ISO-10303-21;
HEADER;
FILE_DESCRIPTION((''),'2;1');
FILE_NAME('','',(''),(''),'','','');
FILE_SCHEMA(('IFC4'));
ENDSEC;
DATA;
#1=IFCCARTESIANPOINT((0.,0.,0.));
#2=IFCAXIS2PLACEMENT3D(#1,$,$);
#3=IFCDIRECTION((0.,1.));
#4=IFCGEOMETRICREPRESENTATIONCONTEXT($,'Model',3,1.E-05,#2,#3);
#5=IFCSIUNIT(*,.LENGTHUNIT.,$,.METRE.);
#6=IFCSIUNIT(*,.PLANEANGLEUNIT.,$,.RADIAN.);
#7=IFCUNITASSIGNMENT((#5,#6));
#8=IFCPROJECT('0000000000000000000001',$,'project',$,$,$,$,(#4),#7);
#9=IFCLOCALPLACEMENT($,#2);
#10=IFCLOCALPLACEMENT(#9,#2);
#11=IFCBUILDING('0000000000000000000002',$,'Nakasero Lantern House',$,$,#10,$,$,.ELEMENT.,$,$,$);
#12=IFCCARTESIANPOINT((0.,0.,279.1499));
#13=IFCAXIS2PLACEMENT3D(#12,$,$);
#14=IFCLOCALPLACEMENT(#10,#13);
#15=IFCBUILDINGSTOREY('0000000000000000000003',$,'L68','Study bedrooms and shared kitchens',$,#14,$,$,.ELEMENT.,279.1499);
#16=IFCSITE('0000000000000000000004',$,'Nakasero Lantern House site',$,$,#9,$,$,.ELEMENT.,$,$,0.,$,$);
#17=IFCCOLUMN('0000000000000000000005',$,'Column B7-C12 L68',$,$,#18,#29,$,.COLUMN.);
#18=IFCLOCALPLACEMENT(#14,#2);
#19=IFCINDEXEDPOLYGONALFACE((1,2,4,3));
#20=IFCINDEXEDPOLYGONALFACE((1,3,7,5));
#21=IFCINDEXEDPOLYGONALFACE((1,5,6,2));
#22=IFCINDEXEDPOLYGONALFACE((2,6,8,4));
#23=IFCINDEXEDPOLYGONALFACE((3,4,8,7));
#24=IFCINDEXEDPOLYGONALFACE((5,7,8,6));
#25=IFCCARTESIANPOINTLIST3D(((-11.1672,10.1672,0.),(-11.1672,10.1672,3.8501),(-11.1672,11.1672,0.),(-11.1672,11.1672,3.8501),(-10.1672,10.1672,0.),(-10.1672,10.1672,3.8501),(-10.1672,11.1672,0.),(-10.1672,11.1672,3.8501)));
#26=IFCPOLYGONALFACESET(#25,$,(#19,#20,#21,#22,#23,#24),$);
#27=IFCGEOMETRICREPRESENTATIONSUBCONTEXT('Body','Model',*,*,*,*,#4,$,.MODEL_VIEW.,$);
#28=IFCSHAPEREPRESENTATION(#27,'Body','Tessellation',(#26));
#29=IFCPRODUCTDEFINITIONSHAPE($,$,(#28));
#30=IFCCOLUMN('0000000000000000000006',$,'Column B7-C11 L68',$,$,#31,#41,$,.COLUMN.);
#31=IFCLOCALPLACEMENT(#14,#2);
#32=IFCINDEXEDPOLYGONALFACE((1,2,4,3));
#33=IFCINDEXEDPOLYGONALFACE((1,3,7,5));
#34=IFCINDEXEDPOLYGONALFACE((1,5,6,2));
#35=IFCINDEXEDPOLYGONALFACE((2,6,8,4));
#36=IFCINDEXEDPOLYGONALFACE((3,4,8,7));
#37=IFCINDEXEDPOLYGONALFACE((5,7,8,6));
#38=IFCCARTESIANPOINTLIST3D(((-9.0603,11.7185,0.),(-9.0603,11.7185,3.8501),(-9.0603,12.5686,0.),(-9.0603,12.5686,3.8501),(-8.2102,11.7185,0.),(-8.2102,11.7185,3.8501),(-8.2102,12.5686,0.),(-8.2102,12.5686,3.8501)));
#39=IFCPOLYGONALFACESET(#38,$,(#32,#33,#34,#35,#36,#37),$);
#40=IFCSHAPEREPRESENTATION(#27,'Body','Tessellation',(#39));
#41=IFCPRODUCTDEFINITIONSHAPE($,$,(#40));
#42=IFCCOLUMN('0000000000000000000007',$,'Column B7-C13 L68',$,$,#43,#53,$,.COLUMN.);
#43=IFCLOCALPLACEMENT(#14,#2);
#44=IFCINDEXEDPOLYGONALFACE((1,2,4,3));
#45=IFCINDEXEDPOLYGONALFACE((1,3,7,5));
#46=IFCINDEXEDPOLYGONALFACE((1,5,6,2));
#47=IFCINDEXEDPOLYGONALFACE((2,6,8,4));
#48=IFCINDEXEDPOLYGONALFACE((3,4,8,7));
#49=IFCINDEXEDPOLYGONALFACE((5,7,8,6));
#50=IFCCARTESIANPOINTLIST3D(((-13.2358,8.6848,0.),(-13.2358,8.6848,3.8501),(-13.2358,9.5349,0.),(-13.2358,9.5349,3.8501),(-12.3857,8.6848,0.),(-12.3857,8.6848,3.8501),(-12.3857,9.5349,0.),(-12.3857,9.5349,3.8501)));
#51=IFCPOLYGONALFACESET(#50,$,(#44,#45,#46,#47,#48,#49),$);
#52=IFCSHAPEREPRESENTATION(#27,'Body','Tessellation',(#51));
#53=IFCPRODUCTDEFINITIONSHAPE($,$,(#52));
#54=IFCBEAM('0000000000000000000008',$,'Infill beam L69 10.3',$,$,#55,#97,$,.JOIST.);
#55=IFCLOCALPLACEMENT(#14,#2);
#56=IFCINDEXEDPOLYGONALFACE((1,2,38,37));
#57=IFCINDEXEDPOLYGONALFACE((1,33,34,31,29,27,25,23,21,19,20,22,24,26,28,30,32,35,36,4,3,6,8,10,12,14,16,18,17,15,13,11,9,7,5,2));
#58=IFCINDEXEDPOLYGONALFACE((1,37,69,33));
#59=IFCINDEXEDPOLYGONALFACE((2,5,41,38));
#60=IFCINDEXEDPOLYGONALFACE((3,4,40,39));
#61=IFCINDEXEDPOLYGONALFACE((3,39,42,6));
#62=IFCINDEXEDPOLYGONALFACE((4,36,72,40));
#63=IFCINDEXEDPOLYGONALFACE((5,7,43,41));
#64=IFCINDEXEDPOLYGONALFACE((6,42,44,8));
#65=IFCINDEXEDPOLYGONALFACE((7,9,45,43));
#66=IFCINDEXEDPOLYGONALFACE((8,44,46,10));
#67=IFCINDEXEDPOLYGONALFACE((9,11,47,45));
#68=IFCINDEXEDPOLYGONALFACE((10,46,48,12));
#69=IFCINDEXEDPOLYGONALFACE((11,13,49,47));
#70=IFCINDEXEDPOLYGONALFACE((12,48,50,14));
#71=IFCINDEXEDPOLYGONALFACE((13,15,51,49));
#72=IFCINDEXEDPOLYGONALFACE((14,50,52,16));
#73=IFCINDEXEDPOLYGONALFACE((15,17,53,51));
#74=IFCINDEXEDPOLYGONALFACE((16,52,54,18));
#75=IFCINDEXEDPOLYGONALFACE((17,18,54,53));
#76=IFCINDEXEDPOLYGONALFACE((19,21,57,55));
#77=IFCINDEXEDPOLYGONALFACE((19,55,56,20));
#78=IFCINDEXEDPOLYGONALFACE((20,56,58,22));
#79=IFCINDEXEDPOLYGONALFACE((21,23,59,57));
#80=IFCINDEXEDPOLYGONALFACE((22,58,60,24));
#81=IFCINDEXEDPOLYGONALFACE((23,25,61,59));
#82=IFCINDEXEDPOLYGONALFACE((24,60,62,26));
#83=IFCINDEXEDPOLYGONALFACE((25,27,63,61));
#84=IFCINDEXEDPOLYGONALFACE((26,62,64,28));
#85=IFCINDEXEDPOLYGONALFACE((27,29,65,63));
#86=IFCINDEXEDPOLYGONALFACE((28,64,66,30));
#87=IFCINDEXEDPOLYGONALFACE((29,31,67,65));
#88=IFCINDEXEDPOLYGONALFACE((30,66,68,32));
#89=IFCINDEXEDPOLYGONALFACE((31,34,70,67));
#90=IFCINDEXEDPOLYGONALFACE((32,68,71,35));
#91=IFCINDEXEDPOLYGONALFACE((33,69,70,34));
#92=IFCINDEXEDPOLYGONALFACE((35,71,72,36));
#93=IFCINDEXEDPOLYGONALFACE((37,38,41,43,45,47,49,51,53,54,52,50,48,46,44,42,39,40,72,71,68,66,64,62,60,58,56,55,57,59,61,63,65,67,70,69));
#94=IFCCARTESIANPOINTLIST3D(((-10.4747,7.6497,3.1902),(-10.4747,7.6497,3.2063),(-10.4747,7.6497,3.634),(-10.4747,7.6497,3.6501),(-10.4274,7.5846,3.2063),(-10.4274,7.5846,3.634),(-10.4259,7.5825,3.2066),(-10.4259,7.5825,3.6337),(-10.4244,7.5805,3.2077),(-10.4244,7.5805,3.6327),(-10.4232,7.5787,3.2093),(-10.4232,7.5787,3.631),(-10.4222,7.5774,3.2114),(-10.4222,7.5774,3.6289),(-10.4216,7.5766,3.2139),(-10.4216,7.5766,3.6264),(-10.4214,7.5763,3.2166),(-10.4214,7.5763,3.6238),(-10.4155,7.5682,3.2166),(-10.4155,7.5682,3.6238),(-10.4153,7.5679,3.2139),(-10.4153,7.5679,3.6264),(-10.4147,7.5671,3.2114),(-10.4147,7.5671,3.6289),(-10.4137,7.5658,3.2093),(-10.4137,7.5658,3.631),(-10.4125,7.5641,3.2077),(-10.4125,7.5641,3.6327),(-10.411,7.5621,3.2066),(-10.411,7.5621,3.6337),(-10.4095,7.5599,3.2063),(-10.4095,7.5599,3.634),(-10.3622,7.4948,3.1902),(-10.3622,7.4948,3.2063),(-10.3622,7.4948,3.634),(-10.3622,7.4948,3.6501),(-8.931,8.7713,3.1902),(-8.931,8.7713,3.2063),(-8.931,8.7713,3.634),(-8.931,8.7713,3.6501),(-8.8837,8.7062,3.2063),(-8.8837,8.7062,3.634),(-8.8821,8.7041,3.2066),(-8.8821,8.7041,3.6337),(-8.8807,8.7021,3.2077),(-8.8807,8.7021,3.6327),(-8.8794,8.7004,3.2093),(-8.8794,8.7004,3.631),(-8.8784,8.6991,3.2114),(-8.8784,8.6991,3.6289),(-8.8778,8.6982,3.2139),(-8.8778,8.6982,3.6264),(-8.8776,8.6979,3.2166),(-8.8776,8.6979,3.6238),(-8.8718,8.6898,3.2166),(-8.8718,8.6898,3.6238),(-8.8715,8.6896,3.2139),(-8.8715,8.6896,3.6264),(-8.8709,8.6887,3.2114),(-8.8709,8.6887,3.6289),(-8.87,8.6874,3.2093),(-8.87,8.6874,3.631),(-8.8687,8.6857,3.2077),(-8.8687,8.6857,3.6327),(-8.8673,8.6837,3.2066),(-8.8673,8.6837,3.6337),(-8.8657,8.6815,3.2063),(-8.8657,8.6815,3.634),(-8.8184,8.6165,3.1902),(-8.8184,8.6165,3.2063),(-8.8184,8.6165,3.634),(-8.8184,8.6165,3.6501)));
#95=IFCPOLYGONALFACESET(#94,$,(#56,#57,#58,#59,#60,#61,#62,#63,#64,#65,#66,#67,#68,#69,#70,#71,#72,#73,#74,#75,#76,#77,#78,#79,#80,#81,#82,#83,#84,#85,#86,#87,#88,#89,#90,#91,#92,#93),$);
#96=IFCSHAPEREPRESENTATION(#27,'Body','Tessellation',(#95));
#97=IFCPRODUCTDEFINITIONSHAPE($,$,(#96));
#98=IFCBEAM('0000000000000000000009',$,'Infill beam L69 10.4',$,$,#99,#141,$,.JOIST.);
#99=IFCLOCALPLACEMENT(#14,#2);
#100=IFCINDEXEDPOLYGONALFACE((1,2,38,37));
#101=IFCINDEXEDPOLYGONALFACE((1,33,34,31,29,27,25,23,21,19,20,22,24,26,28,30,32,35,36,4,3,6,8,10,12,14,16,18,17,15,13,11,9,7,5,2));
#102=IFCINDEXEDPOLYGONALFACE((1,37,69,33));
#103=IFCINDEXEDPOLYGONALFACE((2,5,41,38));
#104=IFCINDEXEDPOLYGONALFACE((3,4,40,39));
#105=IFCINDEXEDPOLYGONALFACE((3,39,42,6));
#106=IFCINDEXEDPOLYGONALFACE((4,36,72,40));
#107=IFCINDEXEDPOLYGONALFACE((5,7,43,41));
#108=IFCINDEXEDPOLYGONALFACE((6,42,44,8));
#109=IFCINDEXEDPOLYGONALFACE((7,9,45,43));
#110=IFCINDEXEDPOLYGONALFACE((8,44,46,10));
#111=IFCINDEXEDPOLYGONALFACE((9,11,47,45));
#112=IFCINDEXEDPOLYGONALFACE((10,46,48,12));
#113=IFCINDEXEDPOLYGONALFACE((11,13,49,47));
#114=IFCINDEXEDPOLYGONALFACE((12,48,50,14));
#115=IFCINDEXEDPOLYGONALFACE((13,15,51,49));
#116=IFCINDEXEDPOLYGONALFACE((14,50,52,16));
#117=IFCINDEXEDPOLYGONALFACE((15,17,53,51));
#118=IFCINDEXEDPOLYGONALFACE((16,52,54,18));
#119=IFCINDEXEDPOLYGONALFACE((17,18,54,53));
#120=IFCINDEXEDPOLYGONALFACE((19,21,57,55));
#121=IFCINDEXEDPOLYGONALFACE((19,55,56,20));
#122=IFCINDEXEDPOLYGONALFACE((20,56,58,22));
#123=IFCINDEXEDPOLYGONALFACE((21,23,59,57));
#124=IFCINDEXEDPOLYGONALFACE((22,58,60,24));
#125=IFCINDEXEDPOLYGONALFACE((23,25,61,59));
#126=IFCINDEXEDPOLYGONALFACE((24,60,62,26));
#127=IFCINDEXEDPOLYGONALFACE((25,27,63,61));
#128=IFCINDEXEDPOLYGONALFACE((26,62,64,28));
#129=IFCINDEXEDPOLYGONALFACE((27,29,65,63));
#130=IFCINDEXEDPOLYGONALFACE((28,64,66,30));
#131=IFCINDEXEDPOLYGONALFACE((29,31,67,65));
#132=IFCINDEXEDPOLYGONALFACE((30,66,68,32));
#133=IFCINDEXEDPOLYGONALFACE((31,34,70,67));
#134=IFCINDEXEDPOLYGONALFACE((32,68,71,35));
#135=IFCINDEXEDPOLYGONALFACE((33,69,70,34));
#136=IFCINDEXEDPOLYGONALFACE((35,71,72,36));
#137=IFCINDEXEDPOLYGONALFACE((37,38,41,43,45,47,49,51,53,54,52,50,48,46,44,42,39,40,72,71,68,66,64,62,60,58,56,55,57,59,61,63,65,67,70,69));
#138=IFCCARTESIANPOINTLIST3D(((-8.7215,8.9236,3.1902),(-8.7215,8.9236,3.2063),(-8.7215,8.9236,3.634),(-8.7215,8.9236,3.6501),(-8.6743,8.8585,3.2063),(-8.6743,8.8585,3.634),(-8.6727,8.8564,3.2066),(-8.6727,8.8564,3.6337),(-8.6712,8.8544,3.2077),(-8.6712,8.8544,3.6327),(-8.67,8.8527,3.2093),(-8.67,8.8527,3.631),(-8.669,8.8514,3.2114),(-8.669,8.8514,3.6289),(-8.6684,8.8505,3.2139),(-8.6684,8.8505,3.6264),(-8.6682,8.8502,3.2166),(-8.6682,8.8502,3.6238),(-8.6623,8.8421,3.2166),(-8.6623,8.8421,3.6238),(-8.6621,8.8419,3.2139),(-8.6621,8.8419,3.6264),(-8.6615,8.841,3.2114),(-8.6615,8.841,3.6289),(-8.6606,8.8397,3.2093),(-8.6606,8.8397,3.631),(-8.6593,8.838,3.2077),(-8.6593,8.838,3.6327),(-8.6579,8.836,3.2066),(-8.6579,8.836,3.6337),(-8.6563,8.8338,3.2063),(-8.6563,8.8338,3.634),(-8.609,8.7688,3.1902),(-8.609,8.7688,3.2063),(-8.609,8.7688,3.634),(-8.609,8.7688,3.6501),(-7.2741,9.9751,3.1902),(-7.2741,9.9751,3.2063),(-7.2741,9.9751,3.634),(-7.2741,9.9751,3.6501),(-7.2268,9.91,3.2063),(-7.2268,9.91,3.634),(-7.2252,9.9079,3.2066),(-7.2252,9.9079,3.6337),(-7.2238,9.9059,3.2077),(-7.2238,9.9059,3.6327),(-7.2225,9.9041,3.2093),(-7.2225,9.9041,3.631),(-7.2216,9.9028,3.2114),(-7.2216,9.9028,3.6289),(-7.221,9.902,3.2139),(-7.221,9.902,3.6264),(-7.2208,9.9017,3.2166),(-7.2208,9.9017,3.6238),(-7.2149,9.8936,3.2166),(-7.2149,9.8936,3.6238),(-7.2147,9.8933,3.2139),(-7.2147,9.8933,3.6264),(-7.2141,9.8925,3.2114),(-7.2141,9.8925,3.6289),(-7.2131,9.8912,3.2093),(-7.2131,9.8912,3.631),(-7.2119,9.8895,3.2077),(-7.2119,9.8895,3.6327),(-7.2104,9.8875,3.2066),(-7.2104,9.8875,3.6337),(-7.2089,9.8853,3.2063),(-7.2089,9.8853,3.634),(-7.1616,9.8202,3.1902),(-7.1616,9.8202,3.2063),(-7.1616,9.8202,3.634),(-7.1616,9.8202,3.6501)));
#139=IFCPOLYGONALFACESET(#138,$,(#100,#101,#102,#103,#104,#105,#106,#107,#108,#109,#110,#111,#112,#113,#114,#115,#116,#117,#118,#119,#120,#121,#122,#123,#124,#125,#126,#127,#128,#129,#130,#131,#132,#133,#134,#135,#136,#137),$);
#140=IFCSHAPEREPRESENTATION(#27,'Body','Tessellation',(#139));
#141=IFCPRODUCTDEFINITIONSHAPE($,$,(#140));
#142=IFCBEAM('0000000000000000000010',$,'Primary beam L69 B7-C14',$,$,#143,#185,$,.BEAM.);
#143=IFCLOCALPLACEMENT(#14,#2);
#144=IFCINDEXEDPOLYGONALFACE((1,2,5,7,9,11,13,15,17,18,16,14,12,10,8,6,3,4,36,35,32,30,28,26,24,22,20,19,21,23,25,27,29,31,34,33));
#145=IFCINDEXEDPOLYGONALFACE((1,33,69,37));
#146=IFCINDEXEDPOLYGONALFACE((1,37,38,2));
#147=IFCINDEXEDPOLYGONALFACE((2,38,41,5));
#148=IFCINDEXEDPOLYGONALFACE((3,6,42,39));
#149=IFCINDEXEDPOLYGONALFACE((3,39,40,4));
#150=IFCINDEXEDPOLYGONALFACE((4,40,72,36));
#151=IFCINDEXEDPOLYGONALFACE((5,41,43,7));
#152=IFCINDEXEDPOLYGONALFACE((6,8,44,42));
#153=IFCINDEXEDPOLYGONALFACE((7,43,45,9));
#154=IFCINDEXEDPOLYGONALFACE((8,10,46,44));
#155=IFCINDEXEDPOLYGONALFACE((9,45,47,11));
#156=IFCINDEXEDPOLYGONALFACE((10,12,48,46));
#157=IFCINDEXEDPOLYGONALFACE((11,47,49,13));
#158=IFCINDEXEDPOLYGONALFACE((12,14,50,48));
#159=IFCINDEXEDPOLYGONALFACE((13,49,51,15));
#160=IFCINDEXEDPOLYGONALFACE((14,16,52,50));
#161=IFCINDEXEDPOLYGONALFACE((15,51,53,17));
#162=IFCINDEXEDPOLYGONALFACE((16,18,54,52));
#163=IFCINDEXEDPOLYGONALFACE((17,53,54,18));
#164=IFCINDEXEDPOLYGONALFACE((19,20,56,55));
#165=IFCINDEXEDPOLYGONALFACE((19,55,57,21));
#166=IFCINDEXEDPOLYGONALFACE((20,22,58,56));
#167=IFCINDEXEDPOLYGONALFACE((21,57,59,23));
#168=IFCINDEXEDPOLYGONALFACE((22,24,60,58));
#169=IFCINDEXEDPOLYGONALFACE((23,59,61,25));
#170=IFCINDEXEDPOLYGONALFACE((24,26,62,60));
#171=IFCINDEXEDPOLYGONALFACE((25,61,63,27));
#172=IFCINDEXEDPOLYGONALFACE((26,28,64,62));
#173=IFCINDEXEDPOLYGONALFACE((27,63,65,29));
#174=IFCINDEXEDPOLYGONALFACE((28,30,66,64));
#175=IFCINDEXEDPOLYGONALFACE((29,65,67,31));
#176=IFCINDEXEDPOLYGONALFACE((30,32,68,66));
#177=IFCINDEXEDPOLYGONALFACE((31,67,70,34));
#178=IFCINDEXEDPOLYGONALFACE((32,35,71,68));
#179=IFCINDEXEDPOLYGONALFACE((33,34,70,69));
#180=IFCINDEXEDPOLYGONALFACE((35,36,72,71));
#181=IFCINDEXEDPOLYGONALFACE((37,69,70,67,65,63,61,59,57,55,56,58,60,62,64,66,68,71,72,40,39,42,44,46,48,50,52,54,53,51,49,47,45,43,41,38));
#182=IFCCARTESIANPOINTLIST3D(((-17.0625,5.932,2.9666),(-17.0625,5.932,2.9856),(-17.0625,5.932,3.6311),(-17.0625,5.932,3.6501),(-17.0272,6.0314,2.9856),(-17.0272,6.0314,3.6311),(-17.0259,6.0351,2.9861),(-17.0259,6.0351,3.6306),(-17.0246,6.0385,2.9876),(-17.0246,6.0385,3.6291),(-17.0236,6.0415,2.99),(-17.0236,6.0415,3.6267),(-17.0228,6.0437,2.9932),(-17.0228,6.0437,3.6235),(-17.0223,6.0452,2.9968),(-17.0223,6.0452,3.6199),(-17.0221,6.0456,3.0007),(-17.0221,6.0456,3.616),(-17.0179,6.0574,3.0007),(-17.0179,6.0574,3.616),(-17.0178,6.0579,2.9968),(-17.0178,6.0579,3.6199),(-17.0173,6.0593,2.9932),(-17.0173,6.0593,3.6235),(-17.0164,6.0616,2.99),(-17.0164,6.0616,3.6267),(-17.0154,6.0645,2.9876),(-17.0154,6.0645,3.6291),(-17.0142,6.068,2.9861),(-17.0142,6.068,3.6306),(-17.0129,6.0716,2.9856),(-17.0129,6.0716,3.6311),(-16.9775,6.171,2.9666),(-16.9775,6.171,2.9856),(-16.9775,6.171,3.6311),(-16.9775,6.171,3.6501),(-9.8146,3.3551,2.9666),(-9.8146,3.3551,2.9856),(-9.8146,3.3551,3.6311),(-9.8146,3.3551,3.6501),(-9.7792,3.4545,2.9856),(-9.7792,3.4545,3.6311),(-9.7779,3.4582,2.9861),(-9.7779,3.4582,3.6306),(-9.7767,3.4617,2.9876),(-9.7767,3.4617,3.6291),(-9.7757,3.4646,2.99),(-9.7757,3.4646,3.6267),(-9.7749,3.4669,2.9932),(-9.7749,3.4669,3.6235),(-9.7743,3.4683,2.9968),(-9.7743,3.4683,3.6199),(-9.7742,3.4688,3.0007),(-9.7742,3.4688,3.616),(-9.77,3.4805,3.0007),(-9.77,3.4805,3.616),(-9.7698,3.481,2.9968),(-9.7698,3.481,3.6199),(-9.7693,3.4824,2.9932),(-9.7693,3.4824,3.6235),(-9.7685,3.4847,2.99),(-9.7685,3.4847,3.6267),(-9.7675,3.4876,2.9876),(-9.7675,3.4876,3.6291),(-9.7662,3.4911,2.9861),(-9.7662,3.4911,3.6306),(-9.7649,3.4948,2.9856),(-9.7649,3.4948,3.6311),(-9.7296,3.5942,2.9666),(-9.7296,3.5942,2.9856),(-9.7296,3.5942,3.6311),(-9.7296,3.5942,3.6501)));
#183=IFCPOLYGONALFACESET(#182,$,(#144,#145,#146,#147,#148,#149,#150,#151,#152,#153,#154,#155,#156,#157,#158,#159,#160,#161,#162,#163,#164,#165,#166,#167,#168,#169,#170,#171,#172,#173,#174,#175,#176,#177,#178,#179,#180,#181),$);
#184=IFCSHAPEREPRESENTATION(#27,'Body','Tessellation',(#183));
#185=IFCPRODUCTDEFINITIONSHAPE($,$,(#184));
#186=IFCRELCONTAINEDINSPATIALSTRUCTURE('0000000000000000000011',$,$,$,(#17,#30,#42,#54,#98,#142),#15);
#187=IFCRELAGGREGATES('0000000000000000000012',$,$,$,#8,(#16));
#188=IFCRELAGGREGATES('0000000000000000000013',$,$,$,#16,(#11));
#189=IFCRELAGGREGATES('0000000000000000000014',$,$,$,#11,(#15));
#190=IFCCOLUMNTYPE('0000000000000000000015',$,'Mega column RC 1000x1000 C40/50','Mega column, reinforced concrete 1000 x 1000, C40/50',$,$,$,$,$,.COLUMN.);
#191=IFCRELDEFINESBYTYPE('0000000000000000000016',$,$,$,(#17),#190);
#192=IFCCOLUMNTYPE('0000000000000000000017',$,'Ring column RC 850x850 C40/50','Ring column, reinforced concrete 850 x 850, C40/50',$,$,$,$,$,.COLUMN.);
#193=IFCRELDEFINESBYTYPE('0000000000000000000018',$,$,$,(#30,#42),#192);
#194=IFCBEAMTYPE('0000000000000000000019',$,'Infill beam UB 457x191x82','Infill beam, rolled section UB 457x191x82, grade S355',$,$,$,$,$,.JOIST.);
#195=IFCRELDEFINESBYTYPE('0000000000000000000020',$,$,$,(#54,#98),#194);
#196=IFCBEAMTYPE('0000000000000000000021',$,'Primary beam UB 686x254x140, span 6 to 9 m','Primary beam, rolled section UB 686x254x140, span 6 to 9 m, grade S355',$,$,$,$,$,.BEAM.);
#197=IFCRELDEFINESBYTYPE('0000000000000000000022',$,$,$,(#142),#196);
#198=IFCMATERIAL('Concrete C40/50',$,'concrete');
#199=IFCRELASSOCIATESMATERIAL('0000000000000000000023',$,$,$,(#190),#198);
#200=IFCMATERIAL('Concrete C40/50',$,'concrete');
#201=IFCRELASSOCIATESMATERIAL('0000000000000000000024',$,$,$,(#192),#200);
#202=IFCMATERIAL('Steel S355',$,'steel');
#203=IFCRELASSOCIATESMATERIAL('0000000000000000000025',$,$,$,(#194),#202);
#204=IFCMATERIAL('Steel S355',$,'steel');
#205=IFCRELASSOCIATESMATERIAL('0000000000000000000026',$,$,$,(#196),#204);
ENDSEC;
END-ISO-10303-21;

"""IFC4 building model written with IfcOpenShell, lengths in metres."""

from ifc_helpers import new_model, si_unit, direction, frame, origin, origin_2d, place, context, subcontext, project, spatial, rectangle, i_section, extrude, material, material_profile, profile_set, type_object, element, save


model = new_model("IFC4")

# Units and contexts
model_context = context("Model", 3, precision=1e-05, world=origin(), true_north=direction((0.0, 1.0)))
body_context = subcontext(model_context, "Body", "Model", "MODEL_VIEW")
ifc_project = project(units=[si_unit("LENGTHUNIT", "METRE"), si_unit("PLANEANGLEUNIT", "RADIAN")], contexts=[model_context])

# Site, building, storey
site_placement = place(None, origin())
site = spatial("IfcSite", under=ifc_project, at=site_placement, Name="Nakasero Lantern House site", CompositionType="ELEMENT", RefElevation=0.0)
building_placement = place(site_placement, origin())
building = spatial("IfcBuilding", under=site, at=building_placement, Name="Nakasero Lantern House", CompositionType="ELEMENT")
storey_placement = place(building_placement, frame((0.0, 0.0, 279.1499)))
storey = spatial("IfcBuildingStorey", under=building, at=storey_placement, Name="L68", Description="Study bedrooms and shared kitchens", CompositionType="ELEMENT", Elevation=279.1499)

# Columns
ifc_material_1 = material(Name="Concrete C40/50", Category="concrete")
ifc_material_profile_1 = material_profile(ifc_material_1, rectangle(XDim=1.0, YDim=1.0, at=origin_2d()), Name="RC 1000x1000")
ifc_profile_set_1 = profile_set([ifc_material_profile_1], Name="Concrete C40/50")
column_type_1 = type_object("IfcColumnType", Name="Mega column RC 1000x1000 C40/50", Description="Mega column, reinforced concrete 1000 x 1000, C40/50", PredefinedType="COLUMN", material=ifc_profile_set_1)
column_placement = place(storey_placement, frame((-10.6672, 10.6672, 0.0), z_axis=(0.0, 0.0, 1.0), x_axis=(1.0, 0.0, 0.0)))
element("IfcColumn", 1, at=column_placement, inside=storey, type_object=column_type_1, Name="Column B7-C12 L68", PredefinedType="COLUMN", context=body_context, shape_type="SweptSolid", body=[
    extrude(rectangle(XDim=1.0, YDim=1.0, at=origin_2d()), origin(), (0.0, 0.0, 1.0), 3.8501),
])
ifc_material_2 = material(Name="Concrete C40/50", Category="concrete")
ifc_material_profile_2 = material_profile(ifc_material_2, rectangle(XDim=0.8501, YDim=0.8501, at=origin_2d()), Name="RC 850x850")
ifc_profile_set_2 = profile_set([ifc_material_profile_2], Name="Concrete C40/50")
column_type_2 = type_object("IfcColumnType", Name="Ring column RC 850x850 C40/50", Description="Ring column, reinforced concrete 850 x 850, C40/50", PredefinedType="COLUMN", material=ifc_profile_set_2)
for number, where, z_axis, x_axis, name in (
    (2, (-8.6353, 12.1436, 0.0), (0.0, 0.0, 1.0), (1.0, 0.0, 0.0), "Column B7-C11 L68"),
    (3, (-12.8108, 9.1099, 0.0), (0.0, 0.0, 1.0), (1.0, 0.0, 0.0), "Column B7-C13 L68"),
):
    element("IfcColumn", number, at=place(storey_placement, frame(where, z_axis=z_axis, x_axis=x_axis)), inside=storey, type_object=column_type_2, Name=name, PredefinedType="COLUMN", context=body_context, shape_type="SweptSolid", body=[
        extrude(rectangle(XDim=0.8501, YDim=0.8501, at=origin_2d()), origin(), (0.0, 0.0, 1.0), 3.8501),
    ])

# Beams
ifc_material_3 = material(Name="Steel S355", Category="steel")
ifc_material_profile_3 = material_profile(ifc_material_3, i_section(OverallWidth=0.1914, OverallDepth=0.46, WebThickness=0.01, FlangeThickness=0.0161, FilletRadius=0.0103, at=origin_2d()), Name="UB 457x191x82")
ifc_profile_set_3 = profile_set([ifc_material_profile_3], Name="Steel S355")
beam_type_1 = type_object("IfcBeamType", Name="Infill beam UB 457x191x82", Description="Infill beam, rolled section UB 457x191x82, grade S355", PredefinedType="JOIST", material=ifc_profile_set_3)
beam_1_placement = place(storey_placement, frame((-10.4185, 7.5723, 3.4202), z_axis=(0.809013, 0.587791, 0.0), x_axis=(-0.587791, 0.809013, 0.0)))
element("IfcBeam", 4, at=beam_1_placement, inside=storey, type_object=beam_type_1, Name="Infill beam L69 10.3", PredefinedType="JOIST", context=body_context, shape_type="SweptSolid", body=[
    extrude(i_section(OverallWidth=0.1914, OverallDepth=0.46, WebThickness=0.01, FlangeThickness=0.0161, FilletRadius=0.0103, at=origin_2d()), origin(), (0.0, 0.0, 1.0), 1.9082),
])
beam_2_placement = place(storey_placement, frame((-8.6653, 8.8462, 3.4202), z_axis=(0.809061, 0.587725, 0.0), x_axis=(-0.587725, 0.809061, 0.0)))
element("IfcBeam", 5, at=beam_2_placement, inside=storey, type_object=beam_type_1, Name="Infill beam L69 10.4", PredefinedType="JOIST", context=body_context, shape_type="SweptSolid", body=[
    extrude(i_section(OverallWidth=0.1914, OverallDepth=0.46, WebThickness=0.01, FlangeThickness=0.0161, FilletRadius=0.0103, at=origin_2d()), origin(), (0.0, 0.0, 1.0), 1.7891),
])
ifc_material_4 = material(Name="Steel S355", Category="steel")
ifc_material_profile_4 = material_profile(ifc_material_4, i_section(OverallWidth=0.2537, OverallDepth=0.6836, WebThickness=0.0125, FlangeThickness=0.019, FilletRadius=0.0151, at=origin_2d()), Name="UB 686x254x140")
ifc_profile_set_4 = profile_set([ifc_material_profile_4], Name="Steel S355")
beam_type_2 = type_object("IfcBeamType", Name="Primary beam UB 686x254x140, span 6 to 9 m", Description="Primary beam, rolled section UB 686x254x140, span 6 to 9 m, grade S355", PredefinedType="BEAM", material=ifc_profile_set_4)
beam_3_placement = place(storey_placement, frame((-17.02, 6.0515, 3.3083), z_axis=(0.942222, -0.334989, 0.0), x_axis=(0.334989, 0.942222, 0.0)))
element("IfcBeam", 6, at=beam_3_placement, inside=storey, type_object=beam_type_2, Name="Primary beam L69 B7-C14", PredefinedType="BEAM", context=body_context, shape_type="SweptSolid", body=[
    extrude(i_section(OverallWidth=0.2537, OverallDepth=0.6836, WebThickness=0.0125, FlangeThickness=0.019, FilletRadius=0.0151, at=origin_2d()), origin(), (0.0, 0.0, 1.0), 7.6924),
])

save(model, "model.ifc")
